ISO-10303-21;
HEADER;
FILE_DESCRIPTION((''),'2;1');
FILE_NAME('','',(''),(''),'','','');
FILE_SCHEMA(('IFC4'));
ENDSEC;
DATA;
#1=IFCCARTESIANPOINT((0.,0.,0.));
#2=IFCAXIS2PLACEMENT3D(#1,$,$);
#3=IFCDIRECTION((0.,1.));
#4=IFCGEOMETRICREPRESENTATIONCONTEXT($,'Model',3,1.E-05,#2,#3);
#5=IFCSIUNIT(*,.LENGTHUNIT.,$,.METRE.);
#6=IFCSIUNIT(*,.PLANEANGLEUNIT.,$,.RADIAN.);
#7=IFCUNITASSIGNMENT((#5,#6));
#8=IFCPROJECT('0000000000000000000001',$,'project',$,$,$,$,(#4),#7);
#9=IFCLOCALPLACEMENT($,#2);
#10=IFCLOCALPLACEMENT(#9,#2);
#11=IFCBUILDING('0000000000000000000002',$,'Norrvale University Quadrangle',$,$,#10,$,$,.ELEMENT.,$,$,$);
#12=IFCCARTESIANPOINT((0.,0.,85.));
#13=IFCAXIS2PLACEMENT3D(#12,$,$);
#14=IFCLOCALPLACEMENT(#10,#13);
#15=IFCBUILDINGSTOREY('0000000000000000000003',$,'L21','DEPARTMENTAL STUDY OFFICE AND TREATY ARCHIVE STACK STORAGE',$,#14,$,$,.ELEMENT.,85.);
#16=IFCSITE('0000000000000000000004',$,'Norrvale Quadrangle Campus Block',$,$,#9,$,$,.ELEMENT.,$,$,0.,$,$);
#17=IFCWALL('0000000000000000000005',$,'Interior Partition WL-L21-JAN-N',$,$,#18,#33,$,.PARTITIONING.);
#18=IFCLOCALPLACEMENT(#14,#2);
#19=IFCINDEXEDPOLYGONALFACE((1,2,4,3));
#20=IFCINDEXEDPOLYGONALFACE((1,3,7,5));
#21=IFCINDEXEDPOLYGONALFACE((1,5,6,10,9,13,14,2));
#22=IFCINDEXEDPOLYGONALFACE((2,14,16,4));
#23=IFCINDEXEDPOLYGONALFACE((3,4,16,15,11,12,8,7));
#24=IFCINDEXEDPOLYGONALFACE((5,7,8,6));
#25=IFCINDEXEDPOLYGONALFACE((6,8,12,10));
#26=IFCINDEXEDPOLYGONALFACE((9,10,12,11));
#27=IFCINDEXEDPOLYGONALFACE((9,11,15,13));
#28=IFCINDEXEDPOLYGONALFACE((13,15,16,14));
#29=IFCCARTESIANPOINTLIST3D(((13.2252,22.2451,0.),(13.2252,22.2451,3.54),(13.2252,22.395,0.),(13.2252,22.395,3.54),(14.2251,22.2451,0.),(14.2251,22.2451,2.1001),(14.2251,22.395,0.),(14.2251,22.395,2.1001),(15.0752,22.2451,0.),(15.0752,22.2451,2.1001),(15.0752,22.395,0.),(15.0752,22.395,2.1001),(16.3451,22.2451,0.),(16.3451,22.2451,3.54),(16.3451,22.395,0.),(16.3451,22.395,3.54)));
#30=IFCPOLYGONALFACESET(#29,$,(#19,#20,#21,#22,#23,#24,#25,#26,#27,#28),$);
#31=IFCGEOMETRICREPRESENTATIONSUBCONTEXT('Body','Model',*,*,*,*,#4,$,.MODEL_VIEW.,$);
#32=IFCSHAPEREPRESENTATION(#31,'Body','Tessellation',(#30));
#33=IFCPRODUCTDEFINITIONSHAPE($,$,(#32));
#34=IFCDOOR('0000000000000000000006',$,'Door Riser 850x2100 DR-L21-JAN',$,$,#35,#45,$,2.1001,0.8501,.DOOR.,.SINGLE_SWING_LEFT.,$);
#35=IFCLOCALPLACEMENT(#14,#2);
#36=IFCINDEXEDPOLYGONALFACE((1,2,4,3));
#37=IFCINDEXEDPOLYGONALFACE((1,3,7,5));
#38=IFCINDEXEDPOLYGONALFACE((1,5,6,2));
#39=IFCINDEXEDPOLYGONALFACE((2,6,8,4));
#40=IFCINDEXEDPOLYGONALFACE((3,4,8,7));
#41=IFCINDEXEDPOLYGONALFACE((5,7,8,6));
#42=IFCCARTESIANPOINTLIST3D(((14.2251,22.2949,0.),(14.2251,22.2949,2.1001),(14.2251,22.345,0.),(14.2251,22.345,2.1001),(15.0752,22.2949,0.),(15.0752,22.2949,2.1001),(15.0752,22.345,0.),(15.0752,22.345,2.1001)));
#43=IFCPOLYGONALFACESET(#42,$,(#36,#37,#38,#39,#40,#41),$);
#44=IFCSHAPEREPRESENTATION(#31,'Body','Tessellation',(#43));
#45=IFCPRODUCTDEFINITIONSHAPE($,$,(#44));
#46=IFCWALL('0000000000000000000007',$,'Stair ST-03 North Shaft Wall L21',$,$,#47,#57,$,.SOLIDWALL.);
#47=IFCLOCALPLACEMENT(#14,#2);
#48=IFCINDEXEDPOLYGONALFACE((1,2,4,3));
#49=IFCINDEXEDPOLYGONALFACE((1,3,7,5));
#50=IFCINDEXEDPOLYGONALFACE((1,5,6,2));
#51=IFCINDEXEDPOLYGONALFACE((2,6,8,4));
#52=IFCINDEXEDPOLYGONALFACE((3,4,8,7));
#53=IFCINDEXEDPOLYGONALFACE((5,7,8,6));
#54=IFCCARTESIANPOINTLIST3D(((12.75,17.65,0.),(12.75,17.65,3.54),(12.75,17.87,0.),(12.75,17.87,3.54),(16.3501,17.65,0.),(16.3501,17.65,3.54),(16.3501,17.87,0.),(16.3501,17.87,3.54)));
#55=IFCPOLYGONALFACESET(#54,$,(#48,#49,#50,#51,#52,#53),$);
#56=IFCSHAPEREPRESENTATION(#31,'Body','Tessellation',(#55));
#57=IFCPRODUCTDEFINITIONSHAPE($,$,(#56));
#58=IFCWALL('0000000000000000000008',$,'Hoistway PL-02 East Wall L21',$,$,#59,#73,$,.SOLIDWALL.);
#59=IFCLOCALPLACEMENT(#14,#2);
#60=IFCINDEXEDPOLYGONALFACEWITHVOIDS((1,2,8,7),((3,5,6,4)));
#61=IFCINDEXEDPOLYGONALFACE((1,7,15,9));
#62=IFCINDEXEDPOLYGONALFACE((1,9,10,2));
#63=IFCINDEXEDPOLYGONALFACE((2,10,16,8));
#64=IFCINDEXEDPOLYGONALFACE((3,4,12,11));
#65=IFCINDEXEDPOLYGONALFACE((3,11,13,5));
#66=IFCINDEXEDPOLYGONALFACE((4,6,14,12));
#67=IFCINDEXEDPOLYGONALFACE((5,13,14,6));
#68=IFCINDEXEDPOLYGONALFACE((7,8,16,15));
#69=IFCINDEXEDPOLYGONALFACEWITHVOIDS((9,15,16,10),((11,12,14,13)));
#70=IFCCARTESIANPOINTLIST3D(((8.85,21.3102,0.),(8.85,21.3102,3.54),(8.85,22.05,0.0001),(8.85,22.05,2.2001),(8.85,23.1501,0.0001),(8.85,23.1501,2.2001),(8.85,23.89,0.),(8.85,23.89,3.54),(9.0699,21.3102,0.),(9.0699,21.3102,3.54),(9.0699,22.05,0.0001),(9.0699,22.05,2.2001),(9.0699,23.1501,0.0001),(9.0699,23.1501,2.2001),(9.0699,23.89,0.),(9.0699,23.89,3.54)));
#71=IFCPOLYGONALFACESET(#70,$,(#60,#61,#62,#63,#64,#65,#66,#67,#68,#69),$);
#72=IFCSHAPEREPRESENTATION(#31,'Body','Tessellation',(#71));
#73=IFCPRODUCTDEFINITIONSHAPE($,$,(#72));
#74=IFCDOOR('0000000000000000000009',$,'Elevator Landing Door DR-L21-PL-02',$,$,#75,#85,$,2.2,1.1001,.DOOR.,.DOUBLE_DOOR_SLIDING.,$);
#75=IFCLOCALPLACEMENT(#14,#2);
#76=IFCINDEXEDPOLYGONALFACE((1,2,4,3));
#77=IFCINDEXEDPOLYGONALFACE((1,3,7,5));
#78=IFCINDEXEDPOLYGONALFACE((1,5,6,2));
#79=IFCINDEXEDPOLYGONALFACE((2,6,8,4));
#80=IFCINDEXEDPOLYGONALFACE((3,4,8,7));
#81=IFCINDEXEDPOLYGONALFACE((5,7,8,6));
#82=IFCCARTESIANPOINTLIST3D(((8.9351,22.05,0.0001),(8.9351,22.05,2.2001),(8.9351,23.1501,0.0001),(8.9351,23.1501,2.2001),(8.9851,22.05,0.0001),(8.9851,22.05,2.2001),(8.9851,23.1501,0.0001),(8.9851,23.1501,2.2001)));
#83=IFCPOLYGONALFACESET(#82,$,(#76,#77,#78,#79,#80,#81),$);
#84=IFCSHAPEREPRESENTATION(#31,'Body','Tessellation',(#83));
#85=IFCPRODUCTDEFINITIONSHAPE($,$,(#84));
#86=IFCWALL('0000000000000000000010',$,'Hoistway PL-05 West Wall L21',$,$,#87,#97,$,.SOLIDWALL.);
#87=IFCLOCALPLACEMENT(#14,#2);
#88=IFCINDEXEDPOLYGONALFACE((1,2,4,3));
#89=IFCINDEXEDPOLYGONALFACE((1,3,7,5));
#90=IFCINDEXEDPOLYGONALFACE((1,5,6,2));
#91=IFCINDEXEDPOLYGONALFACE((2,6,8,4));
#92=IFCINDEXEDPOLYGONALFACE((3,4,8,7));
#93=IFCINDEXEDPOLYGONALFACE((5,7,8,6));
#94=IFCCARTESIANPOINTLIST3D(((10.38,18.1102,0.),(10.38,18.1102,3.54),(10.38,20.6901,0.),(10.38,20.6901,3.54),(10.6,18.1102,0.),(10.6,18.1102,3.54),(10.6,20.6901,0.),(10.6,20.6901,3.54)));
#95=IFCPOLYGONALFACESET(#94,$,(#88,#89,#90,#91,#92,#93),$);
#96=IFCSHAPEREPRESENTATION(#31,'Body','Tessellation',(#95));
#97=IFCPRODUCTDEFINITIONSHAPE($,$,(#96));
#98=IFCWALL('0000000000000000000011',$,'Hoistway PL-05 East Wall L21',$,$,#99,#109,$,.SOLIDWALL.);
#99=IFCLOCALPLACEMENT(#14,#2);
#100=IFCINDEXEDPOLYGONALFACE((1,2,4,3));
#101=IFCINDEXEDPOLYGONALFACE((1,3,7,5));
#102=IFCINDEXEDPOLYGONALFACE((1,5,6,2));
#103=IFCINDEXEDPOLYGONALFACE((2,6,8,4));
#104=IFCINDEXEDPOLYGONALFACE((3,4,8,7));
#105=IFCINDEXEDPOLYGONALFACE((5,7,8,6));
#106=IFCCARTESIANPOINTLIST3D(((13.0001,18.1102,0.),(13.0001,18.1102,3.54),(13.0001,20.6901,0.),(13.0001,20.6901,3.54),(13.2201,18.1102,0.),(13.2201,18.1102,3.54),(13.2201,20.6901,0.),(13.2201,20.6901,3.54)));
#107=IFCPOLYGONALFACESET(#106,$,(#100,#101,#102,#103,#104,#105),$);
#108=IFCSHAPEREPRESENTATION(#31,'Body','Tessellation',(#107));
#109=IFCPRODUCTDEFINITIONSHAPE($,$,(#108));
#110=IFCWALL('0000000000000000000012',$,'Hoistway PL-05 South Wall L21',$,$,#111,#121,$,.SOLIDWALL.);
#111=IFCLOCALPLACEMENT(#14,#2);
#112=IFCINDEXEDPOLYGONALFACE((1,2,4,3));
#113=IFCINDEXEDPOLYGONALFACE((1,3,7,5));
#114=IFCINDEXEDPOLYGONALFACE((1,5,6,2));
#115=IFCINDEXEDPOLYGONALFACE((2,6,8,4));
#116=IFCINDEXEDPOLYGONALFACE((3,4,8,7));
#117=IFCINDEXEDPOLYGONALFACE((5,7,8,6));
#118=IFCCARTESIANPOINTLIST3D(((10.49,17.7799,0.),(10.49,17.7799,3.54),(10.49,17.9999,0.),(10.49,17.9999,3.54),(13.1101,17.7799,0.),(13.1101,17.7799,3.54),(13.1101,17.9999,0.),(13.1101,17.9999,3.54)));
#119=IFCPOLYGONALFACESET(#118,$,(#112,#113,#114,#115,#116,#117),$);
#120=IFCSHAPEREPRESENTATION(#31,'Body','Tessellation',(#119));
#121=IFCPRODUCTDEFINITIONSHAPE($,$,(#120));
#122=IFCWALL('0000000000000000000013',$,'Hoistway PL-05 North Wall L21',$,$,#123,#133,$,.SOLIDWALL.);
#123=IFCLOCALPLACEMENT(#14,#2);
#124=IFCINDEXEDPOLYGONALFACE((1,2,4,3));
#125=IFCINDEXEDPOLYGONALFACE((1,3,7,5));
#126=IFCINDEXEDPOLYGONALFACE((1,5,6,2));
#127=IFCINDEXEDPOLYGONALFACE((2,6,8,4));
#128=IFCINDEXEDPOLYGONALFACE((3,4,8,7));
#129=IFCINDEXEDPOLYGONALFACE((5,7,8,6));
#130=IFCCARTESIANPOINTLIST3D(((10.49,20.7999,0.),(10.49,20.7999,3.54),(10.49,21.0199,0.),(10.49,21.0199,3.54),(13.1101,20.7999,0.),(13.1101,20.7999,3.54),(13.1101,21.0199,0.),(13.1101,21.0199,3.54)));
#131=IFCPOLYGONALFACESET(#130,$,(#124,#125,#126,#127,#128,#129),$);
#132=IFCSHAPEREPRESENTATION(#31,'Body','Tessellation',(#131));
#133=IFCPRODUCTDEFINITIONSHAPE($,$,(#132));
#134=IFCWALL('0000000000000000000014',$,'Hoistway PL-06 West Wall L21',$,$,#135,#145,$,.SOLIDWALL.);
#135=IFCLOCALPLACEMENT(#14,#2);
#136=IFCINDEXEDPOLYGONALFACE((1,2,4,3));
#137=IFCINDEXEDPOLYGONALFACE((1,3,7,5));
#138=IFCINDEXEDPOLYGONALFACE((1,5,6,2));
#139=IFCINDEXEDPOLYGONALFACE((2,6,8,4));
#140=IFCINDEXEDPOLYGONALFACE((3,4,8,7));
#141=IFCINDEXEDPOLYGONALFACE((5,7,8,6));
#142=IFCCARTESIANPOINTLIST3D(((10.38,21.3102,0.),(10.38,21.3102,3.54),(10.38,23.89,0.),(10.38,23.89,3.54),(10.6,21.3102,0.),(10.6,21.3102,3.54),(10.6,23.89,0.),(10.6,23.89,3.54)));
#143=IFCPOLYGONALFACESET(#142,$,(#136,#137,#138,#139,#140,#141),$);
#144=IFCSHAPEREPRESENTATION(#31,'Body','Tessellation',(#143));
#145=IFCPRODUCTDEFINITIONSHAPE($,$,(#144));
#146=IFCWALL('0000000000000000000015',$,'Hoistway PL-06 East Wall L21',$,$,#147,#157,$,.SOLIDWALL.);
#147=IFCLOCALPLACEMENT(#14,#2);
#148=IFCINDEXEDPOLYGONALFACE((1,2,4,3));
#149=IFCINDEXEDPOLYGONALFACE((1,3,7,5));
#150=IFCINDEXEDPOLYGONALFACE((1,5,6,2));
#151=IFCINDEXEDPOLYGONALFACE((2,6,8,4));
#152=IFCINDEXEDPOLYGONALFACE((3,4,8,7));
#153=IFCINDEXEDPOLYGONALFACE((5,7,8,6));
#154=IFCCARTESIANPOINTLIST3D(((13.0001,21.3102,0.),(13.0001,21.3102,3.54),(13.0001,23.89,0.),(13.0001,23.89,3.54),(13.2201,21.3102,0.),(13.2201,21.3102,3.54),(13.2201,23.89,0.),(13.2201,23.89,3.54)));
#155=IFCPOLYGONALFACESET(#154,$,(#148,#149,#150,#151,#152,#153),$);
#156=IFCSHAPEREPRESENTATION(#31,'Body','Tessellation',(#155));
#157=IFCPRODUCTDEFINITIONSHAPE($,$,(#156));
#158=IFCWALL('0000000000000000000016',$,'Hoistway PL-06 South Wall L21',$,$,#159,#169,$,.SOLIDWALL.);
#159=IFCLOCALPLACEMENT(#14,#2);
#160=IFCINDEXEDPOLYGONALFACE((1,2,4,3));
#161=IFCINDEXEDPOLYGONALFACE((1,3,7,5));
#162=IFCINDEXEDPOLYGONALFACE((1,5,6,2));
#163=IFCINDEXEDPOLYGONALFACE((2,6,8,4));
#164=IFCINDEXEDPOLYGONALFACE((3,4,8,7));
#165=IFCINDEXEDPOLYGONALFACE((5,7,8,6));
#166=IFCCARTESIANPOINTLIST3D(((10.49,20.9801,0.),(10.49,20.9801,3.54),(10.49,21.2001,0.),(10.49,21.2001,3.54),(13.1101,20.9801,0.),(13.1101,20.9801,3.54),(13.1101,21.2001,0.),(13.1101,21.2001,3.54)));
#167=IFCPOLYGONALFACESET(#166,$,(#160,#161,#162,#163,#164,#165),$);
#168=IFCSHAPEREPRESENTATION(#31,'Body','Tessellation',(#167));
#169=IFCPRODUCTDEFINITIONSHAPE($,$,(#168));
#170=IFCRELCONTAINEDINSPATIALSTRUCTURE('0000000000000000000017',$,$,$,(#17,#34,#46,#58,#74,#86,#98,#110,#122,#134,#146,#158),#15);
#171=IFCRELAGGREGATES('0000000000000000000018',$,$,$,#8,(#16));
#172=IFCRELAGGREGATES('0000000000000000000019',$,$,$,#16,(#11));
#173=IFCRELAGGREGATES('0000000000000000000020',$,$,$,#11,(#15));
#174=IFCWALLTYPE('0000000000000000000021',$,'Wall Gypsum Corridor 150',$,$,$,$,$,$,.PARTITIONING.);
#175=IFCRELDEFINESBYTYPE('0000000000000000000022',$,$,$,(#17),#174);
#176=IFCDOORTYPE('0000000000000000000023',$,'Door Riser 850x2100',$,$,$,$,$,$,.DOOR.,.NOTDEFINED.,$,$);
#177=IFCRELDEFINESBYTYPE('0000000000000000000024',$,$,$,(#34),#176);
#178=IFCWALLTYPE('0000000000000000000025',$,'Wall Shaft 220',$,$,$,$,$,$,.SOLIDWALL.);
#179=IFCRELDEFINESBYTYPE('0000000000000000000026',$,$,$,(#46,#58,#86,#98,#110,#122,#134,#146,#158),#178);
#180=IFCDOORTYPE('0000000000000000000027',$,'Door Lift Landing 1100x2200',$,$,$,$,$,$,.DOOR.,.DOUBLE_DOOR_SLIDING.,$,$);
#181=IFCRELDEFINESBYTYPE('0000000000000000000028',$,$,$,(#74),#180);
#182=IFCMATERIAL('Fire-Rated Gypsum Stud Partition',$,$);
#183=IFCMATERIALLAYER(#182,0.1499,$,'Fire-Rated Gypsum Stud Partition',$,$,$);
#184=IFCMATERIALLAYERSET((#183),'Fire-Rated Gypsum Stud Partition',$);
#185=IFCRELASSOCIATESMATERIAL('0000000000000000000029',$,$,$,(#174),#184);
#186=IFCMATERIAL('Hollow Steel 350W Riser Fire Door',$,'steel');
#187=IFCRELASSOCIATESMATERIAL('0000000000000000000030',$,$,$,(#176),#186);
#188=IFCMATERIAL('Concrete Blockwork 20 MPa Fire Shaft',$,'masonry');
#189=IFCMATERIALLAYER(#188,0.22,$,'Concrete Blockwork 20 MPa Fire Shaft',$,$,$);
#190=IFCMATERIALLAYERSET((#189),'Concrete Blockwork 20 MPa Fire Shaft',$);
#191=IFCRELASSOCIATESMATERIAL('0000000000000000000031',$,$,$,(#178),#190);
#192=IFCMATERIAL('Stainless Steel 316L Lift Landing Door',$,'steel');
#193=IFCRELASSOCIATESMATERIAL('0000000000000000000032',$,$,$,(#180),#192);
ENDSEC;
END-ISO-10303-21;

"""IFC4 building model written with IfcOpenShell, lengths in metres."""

from ifc_helpers import new_model, si_unit, direction, frame, frame_2d, origin, place, context, subcontext, project, spatial, rectangle, extrude, material, layer, layer_set, type_object, element, fill, save


model = new_model("IFC4")

# Units and contexts
model_context = context("Model", 3, precision=1e-05, world=origin(), true_north=direction((0.0, 1.0)))
body_context = subcontext(model_context, "Body", "Model", "MODEL_VIEW")
ifc_project = project(units=[si_unit("LENGTHUNIT", "METRE"), si_unit("PLANEANGLEUNIT", "RADIAN")], contexts=[model_context])

# Site, building, storey
site_placement = place(None, origin())
site = spatial("IfcSite", under=ifc_project, at=site_placement, Name="Norrvale Quadrangle Campus Block", CompositionType="ELEMENT", RefElevation=0.0)
building_placement = place(site_placement, origin())
building = spatial("IfcBuilding", under=site, at=building_placement, Name="Norrvale University Quadrangle", CompositionType="ELEMENT")
storey_placement = place(building_placement, frame((0.0, 0.0, 85.0)))
storey = spatial("IfcBuildingStorey", under=building, at=storey_placement, Name="L21", Description="DEPARTMENTAL STUDY OFFICE AND TREATY ARCHIVE STACK STORAGE", CompositionType="ELEMENT", Elevation=85.0)

# Shared definitions
ifc_material_1 = material(Name="Fire-Rated Gypsum Stud Partition")
ifc_layer_1 = layer(ifc_material_1, 0.1499, Name="Fire-Rated Gypsum Stud Partition")
ifc_layer_set_1 = layer_set([ifc_layer_1], Name="Fire-Rated Gypsum Stud Partition")
wall_type_1 = type_object("IfcWallType", Name="Wall Gypsum Corridor 150", PredefinedType="PARTITIONING", material=ifc_layer_set_1)
ifc_material_2 = material(Name="Hollow Steel 350W Riser Fire Door", Category="steel")
door_type_1 = type_object("IfcDoorType", Name="Door Riser 850x2100", OperationType="NOTDEFINED", PredefinedType="DOOR", material=ifc_material_2)

# Wall, opening, door
wall_1_placement = place(storey_placement, frame((13.2251, 22.3201, 0.0), z_axis=(0.0, 0.0, 1.0), x_axis=(1.0, 0.0, 0.0)))
wall_1 = element("IfcWall", 1, at=wall_1_placement, inside=storey, type_object=wall_type_1, Name="Interior Partition WL-L21-JAN-N", PredefinedType="PARTITIONING", context=body_context, shape_type="SweptSolid", body=[
    extrude(rectangle(XDim=3.1199, YDim=0.1499, at=frame_2d((1.5601, 0.0))), origin(), (0.0, 0.0, 1.0), 3.54),
])
opening_1_placement = place(wall_1_placement, frame((1.0, 0.0, 0.0)))
opening_1 = element("IfcOpeningElement", 2, at=opening_1_placement, cuts=wall_1, PredefinedType="OPENING", context=body_context, shape_type="SweptSolid", body=[
    extrude(rectangle(XDim=0.8501, YDim=2.1001, at=frame_2d((0.425, 1.05))), frame((0.0, 0.0869, 0.0), z_axis=(0.0, -1.0, 0.0), x_axis=(1.0, 0.0, 0.0)), (0.0, 0.0, 1.0), 0.1738),
])
door_1_placement = place(opening_1_placement, origin())
door_1 = element("IfcDoor", 3, at=door_1_placement, inside=storey, type_object=door_type_1, Name="Door Riser 850x2100 DR-L21-JAN", OperationType="SINGLE_SWING_LEFT", OverallHeight=2.1001, OverallWidth=0.8501, PredefinedType="DOOR", context=body_context, shape_type="SweptSolid", body=[
    extrude(rectangle(XDim=0.8501, YDim=2.1001, at=frame_2d((0.425, 1.05))), frame((0.0, 0.0249, 0.0), z_axis=(0.0, -1.0, 0.0), x_axis=(1.0, 0.0, 0.0)), (0.0, 0.0, 1.0), 0.05),
])
fill(opening_1, door_1)

# Wall
ifc_material_3 = material(Name="Concrete Blockwork 20 MPa Fire Shaft", Category="masonry")
ifc_layer_2 = layer(ifc_material_3, 0.22, Name="Concrete Blockwork 20 MPa Fire Shaft")
ifc_layer_set_2 = layer_set([ifc_layer_2], Name="Concrete Blockwork 20 MPa Fire Shaft")
wall_type_2 = type_object("IfcWallType", Name="Wall Shaft 220", PredefinedType="SOLIDWALL", material=ifc_layer_set_2)
wall_2_placement = place(storey_placement, frame((12.75, 17.76, 0.0), z_axis=(0.0, 0.0, 1.0), x_axis=(1.0, 0.0, 0.0)))
element("IfcWall", 4, at=wall_2_placement, inside=storey, type_object=wall_type_2, Name="Stair ST-03 North Shaft Wall L21", PredefinedType="SOLIDWALL", context=body_context, shape_type="SweptSolid", body=[
    extrude(rectangle(XDim=3.6001, YDim=0.22, at=frame_2d((1.8, 0.0))), origin(), (0.0, 0.0, 1.0), 3.54),
])

# Wall, opening, door
wall_3_placement = place(storey_placement, frame((8.96, 21.3101, 0.0), z_axis=(0.0, 0.0, 1.0), x_axis=(0.0, 1.0, 0.0)))
wall_3 = element("IfcWall", 5, at=wall_3_placement, inside=storey, type_object=wall_type_2, Name="Hoistway PL-02 East Wall L21", PredefinedType="SOLIDWALL", context=body_context, shape_type="SweptSolid", body=[
    extrude(rectangle(XDim=2.5798, YDim=0.22, at=frame_2d((1.29, 0.0))), origin(), (0.0, 0.0, 1.0), 3.54),
])
opening_2_placement = place(wall_3_placement, frame((0.74, 0.0, 0.0)))
opening_2 = element("IfcOpeningElement", 6, at=opening_2_placement, cuts=wall_3, PredefinedType="OPENING", context=body_context, shape_type="SweptSolid", body=[
    extrude(rectangle(XDim=1.1001, YDim=2.2, at=frame_2d((0.55, 1.1001))), frame((0.0, 0.1221, 0.0), z_axis=(0.0, -1.0, 0.0), x_axis=(1.0, 0.0, 0.0)), (0.0, 0.0, 1.0), 0.2439),
])
ifc_material_4 = material(Name="Stainless Steel 316L Lift Landing Door", Category="steel")
door_type_2 = type_object("IfcDoorType", Name="Door Lift Landing 1100x2200", OperationType="DOUBLE_DOOR_SLIDING", PredefinedType="DOOR", material=ifc_material_4)
door_2_placement = place(opening_2_placement, origin())
door_2 = element("IfcDoor", 7, at=door_2_placement, inside=storey, type_object=door_type_2, Name="Elevator Landing Door DR-L21-PL-02", OperationType="DOUBLE_DOOR_SLIDING", OverallHeight=2.2, OverallWidth=1.1001, PredefinedType="DOOR", context=body_context, shape_type="SweptSolid", body=[
    extrude(rectangle(XDim=1.1001, YDim=2.2, at=frame_2d((0.55, 1.1001))), frame((0.0, 0.0249, 0.0), z_axis=(0.0, -1.0, 0.0), x_axis=(1.0, 0.0, 0.0)), (0.0, 0.0, 1.0), 0.05),
])
fill(opening_2, door_2)

# Walls
for number, where, z_axis, x_axis, name in (
    (8, (10.49, 18.1101, 0.0), (0.0, 0.0, 1.0), (0.0, 1.0, 0.0), "Hoistway PL-05 West Wall L21"),
    (9, (13.1101, 18.1101, 0.0), (0.0, 0.0, 1.0), (0.0, 1.0, 0.0), "Hoistway PL-05 East Wall L21"),
):
    element("IfcWall", number, at=place(storey_placement, frame(where, z_axis=z_axis, x_axis=x_axis)), inside=storey, type_object=wall_type_2, Name=name, PredefinedType="SOLIDWALL", context=body_context, shape_type="SweptSolid", body=[
        extrude(rectangle(XDim=2.5798, YDim=0.22, at=frame_2d((1.29, 0.0))), origin(), (0.0, 0.0, 1.0), 3.54),
    ])
for number, where, z_axis, x_axis, name in (
    (10, (10.49, 17.8899, 0.0), (0.0, 0.0, 1.0), (1.0, 0.0, 0.0), "Hoistway PL-05 South Wall L21"),
    (11, (10.49, 20.9099, 0.0), (0.0, 0.0, 1.0), (1.0, 0.0, 0.0), "Hoistway PL-05 North Wall L21"),
):
    element("IfcWall", number, at=place(storey_placement, frame(where, z_axis=z_axis, x_axis=x_axis)), inside=storey, type_object=wall_type_2, Name=name, PredefinedType="SOLIDWALL", context=body_context, shape_type="SweptSolid", body=[
        extrude(rectangle(XDim=2.6201, YDim=0.22, at=frame_2d((1.3101, 0.0))), origin(), (0.0, 0.0, 1.0), 3.54),
    ])
for number, where, z_axis, x_axis, name in (
    (12, (10.49, 21.3101, 0.0), (0.0, 0.0, 1.0), (0.0, 1.0, 0.0), "Hoistway PL-06 West Wall L21"),
    (13, (13.1101, 21.3101, 0.0), (0.0, 0.0, 1.0), (0.0, 1.0, 0.0), "Hoistway PL-06 East Wall L21"),
):
    element("IfcWall", number, at=place(storey_placement, frame(where, z_axis=z_axis, x_axis=x_axis)), inside=storey, type_object=wall_type_2, Name=name, PredefinedType="SOLIDWALL", context=body_context, shape_type="SweptSolid", body=[
        extrude(rectangle(XDim=2.5798, YDim=0.22, at=frame_2d((1.29, 0.0))), origin(), (0.0, 0.0, 1.0), 3.54),
    ])
wall_4_placement = place(storey_placement, frame((10.49, 21.0901, 0.0), z_axis=(0.0, 0.0, 1.0), x_axis=(1.0, 0.0, 0.0)))
element("IfcWall", 14, at=wall_4_placement, inside=storey, type_object=wall_type_2, Name="Hoistway PL-06 South Wall L21", PredefinedType="SOLIDWALL", context=body_context, shape_type="SweptSolid", body=[
    extrude(rectangle(XDim=2.6201, YDim=0.22, at=frame_2d((1.3101, 0.0))), origin(), (0.0, 0.0, 1.0), 3.54),
])

save(model, "model.ifc")
